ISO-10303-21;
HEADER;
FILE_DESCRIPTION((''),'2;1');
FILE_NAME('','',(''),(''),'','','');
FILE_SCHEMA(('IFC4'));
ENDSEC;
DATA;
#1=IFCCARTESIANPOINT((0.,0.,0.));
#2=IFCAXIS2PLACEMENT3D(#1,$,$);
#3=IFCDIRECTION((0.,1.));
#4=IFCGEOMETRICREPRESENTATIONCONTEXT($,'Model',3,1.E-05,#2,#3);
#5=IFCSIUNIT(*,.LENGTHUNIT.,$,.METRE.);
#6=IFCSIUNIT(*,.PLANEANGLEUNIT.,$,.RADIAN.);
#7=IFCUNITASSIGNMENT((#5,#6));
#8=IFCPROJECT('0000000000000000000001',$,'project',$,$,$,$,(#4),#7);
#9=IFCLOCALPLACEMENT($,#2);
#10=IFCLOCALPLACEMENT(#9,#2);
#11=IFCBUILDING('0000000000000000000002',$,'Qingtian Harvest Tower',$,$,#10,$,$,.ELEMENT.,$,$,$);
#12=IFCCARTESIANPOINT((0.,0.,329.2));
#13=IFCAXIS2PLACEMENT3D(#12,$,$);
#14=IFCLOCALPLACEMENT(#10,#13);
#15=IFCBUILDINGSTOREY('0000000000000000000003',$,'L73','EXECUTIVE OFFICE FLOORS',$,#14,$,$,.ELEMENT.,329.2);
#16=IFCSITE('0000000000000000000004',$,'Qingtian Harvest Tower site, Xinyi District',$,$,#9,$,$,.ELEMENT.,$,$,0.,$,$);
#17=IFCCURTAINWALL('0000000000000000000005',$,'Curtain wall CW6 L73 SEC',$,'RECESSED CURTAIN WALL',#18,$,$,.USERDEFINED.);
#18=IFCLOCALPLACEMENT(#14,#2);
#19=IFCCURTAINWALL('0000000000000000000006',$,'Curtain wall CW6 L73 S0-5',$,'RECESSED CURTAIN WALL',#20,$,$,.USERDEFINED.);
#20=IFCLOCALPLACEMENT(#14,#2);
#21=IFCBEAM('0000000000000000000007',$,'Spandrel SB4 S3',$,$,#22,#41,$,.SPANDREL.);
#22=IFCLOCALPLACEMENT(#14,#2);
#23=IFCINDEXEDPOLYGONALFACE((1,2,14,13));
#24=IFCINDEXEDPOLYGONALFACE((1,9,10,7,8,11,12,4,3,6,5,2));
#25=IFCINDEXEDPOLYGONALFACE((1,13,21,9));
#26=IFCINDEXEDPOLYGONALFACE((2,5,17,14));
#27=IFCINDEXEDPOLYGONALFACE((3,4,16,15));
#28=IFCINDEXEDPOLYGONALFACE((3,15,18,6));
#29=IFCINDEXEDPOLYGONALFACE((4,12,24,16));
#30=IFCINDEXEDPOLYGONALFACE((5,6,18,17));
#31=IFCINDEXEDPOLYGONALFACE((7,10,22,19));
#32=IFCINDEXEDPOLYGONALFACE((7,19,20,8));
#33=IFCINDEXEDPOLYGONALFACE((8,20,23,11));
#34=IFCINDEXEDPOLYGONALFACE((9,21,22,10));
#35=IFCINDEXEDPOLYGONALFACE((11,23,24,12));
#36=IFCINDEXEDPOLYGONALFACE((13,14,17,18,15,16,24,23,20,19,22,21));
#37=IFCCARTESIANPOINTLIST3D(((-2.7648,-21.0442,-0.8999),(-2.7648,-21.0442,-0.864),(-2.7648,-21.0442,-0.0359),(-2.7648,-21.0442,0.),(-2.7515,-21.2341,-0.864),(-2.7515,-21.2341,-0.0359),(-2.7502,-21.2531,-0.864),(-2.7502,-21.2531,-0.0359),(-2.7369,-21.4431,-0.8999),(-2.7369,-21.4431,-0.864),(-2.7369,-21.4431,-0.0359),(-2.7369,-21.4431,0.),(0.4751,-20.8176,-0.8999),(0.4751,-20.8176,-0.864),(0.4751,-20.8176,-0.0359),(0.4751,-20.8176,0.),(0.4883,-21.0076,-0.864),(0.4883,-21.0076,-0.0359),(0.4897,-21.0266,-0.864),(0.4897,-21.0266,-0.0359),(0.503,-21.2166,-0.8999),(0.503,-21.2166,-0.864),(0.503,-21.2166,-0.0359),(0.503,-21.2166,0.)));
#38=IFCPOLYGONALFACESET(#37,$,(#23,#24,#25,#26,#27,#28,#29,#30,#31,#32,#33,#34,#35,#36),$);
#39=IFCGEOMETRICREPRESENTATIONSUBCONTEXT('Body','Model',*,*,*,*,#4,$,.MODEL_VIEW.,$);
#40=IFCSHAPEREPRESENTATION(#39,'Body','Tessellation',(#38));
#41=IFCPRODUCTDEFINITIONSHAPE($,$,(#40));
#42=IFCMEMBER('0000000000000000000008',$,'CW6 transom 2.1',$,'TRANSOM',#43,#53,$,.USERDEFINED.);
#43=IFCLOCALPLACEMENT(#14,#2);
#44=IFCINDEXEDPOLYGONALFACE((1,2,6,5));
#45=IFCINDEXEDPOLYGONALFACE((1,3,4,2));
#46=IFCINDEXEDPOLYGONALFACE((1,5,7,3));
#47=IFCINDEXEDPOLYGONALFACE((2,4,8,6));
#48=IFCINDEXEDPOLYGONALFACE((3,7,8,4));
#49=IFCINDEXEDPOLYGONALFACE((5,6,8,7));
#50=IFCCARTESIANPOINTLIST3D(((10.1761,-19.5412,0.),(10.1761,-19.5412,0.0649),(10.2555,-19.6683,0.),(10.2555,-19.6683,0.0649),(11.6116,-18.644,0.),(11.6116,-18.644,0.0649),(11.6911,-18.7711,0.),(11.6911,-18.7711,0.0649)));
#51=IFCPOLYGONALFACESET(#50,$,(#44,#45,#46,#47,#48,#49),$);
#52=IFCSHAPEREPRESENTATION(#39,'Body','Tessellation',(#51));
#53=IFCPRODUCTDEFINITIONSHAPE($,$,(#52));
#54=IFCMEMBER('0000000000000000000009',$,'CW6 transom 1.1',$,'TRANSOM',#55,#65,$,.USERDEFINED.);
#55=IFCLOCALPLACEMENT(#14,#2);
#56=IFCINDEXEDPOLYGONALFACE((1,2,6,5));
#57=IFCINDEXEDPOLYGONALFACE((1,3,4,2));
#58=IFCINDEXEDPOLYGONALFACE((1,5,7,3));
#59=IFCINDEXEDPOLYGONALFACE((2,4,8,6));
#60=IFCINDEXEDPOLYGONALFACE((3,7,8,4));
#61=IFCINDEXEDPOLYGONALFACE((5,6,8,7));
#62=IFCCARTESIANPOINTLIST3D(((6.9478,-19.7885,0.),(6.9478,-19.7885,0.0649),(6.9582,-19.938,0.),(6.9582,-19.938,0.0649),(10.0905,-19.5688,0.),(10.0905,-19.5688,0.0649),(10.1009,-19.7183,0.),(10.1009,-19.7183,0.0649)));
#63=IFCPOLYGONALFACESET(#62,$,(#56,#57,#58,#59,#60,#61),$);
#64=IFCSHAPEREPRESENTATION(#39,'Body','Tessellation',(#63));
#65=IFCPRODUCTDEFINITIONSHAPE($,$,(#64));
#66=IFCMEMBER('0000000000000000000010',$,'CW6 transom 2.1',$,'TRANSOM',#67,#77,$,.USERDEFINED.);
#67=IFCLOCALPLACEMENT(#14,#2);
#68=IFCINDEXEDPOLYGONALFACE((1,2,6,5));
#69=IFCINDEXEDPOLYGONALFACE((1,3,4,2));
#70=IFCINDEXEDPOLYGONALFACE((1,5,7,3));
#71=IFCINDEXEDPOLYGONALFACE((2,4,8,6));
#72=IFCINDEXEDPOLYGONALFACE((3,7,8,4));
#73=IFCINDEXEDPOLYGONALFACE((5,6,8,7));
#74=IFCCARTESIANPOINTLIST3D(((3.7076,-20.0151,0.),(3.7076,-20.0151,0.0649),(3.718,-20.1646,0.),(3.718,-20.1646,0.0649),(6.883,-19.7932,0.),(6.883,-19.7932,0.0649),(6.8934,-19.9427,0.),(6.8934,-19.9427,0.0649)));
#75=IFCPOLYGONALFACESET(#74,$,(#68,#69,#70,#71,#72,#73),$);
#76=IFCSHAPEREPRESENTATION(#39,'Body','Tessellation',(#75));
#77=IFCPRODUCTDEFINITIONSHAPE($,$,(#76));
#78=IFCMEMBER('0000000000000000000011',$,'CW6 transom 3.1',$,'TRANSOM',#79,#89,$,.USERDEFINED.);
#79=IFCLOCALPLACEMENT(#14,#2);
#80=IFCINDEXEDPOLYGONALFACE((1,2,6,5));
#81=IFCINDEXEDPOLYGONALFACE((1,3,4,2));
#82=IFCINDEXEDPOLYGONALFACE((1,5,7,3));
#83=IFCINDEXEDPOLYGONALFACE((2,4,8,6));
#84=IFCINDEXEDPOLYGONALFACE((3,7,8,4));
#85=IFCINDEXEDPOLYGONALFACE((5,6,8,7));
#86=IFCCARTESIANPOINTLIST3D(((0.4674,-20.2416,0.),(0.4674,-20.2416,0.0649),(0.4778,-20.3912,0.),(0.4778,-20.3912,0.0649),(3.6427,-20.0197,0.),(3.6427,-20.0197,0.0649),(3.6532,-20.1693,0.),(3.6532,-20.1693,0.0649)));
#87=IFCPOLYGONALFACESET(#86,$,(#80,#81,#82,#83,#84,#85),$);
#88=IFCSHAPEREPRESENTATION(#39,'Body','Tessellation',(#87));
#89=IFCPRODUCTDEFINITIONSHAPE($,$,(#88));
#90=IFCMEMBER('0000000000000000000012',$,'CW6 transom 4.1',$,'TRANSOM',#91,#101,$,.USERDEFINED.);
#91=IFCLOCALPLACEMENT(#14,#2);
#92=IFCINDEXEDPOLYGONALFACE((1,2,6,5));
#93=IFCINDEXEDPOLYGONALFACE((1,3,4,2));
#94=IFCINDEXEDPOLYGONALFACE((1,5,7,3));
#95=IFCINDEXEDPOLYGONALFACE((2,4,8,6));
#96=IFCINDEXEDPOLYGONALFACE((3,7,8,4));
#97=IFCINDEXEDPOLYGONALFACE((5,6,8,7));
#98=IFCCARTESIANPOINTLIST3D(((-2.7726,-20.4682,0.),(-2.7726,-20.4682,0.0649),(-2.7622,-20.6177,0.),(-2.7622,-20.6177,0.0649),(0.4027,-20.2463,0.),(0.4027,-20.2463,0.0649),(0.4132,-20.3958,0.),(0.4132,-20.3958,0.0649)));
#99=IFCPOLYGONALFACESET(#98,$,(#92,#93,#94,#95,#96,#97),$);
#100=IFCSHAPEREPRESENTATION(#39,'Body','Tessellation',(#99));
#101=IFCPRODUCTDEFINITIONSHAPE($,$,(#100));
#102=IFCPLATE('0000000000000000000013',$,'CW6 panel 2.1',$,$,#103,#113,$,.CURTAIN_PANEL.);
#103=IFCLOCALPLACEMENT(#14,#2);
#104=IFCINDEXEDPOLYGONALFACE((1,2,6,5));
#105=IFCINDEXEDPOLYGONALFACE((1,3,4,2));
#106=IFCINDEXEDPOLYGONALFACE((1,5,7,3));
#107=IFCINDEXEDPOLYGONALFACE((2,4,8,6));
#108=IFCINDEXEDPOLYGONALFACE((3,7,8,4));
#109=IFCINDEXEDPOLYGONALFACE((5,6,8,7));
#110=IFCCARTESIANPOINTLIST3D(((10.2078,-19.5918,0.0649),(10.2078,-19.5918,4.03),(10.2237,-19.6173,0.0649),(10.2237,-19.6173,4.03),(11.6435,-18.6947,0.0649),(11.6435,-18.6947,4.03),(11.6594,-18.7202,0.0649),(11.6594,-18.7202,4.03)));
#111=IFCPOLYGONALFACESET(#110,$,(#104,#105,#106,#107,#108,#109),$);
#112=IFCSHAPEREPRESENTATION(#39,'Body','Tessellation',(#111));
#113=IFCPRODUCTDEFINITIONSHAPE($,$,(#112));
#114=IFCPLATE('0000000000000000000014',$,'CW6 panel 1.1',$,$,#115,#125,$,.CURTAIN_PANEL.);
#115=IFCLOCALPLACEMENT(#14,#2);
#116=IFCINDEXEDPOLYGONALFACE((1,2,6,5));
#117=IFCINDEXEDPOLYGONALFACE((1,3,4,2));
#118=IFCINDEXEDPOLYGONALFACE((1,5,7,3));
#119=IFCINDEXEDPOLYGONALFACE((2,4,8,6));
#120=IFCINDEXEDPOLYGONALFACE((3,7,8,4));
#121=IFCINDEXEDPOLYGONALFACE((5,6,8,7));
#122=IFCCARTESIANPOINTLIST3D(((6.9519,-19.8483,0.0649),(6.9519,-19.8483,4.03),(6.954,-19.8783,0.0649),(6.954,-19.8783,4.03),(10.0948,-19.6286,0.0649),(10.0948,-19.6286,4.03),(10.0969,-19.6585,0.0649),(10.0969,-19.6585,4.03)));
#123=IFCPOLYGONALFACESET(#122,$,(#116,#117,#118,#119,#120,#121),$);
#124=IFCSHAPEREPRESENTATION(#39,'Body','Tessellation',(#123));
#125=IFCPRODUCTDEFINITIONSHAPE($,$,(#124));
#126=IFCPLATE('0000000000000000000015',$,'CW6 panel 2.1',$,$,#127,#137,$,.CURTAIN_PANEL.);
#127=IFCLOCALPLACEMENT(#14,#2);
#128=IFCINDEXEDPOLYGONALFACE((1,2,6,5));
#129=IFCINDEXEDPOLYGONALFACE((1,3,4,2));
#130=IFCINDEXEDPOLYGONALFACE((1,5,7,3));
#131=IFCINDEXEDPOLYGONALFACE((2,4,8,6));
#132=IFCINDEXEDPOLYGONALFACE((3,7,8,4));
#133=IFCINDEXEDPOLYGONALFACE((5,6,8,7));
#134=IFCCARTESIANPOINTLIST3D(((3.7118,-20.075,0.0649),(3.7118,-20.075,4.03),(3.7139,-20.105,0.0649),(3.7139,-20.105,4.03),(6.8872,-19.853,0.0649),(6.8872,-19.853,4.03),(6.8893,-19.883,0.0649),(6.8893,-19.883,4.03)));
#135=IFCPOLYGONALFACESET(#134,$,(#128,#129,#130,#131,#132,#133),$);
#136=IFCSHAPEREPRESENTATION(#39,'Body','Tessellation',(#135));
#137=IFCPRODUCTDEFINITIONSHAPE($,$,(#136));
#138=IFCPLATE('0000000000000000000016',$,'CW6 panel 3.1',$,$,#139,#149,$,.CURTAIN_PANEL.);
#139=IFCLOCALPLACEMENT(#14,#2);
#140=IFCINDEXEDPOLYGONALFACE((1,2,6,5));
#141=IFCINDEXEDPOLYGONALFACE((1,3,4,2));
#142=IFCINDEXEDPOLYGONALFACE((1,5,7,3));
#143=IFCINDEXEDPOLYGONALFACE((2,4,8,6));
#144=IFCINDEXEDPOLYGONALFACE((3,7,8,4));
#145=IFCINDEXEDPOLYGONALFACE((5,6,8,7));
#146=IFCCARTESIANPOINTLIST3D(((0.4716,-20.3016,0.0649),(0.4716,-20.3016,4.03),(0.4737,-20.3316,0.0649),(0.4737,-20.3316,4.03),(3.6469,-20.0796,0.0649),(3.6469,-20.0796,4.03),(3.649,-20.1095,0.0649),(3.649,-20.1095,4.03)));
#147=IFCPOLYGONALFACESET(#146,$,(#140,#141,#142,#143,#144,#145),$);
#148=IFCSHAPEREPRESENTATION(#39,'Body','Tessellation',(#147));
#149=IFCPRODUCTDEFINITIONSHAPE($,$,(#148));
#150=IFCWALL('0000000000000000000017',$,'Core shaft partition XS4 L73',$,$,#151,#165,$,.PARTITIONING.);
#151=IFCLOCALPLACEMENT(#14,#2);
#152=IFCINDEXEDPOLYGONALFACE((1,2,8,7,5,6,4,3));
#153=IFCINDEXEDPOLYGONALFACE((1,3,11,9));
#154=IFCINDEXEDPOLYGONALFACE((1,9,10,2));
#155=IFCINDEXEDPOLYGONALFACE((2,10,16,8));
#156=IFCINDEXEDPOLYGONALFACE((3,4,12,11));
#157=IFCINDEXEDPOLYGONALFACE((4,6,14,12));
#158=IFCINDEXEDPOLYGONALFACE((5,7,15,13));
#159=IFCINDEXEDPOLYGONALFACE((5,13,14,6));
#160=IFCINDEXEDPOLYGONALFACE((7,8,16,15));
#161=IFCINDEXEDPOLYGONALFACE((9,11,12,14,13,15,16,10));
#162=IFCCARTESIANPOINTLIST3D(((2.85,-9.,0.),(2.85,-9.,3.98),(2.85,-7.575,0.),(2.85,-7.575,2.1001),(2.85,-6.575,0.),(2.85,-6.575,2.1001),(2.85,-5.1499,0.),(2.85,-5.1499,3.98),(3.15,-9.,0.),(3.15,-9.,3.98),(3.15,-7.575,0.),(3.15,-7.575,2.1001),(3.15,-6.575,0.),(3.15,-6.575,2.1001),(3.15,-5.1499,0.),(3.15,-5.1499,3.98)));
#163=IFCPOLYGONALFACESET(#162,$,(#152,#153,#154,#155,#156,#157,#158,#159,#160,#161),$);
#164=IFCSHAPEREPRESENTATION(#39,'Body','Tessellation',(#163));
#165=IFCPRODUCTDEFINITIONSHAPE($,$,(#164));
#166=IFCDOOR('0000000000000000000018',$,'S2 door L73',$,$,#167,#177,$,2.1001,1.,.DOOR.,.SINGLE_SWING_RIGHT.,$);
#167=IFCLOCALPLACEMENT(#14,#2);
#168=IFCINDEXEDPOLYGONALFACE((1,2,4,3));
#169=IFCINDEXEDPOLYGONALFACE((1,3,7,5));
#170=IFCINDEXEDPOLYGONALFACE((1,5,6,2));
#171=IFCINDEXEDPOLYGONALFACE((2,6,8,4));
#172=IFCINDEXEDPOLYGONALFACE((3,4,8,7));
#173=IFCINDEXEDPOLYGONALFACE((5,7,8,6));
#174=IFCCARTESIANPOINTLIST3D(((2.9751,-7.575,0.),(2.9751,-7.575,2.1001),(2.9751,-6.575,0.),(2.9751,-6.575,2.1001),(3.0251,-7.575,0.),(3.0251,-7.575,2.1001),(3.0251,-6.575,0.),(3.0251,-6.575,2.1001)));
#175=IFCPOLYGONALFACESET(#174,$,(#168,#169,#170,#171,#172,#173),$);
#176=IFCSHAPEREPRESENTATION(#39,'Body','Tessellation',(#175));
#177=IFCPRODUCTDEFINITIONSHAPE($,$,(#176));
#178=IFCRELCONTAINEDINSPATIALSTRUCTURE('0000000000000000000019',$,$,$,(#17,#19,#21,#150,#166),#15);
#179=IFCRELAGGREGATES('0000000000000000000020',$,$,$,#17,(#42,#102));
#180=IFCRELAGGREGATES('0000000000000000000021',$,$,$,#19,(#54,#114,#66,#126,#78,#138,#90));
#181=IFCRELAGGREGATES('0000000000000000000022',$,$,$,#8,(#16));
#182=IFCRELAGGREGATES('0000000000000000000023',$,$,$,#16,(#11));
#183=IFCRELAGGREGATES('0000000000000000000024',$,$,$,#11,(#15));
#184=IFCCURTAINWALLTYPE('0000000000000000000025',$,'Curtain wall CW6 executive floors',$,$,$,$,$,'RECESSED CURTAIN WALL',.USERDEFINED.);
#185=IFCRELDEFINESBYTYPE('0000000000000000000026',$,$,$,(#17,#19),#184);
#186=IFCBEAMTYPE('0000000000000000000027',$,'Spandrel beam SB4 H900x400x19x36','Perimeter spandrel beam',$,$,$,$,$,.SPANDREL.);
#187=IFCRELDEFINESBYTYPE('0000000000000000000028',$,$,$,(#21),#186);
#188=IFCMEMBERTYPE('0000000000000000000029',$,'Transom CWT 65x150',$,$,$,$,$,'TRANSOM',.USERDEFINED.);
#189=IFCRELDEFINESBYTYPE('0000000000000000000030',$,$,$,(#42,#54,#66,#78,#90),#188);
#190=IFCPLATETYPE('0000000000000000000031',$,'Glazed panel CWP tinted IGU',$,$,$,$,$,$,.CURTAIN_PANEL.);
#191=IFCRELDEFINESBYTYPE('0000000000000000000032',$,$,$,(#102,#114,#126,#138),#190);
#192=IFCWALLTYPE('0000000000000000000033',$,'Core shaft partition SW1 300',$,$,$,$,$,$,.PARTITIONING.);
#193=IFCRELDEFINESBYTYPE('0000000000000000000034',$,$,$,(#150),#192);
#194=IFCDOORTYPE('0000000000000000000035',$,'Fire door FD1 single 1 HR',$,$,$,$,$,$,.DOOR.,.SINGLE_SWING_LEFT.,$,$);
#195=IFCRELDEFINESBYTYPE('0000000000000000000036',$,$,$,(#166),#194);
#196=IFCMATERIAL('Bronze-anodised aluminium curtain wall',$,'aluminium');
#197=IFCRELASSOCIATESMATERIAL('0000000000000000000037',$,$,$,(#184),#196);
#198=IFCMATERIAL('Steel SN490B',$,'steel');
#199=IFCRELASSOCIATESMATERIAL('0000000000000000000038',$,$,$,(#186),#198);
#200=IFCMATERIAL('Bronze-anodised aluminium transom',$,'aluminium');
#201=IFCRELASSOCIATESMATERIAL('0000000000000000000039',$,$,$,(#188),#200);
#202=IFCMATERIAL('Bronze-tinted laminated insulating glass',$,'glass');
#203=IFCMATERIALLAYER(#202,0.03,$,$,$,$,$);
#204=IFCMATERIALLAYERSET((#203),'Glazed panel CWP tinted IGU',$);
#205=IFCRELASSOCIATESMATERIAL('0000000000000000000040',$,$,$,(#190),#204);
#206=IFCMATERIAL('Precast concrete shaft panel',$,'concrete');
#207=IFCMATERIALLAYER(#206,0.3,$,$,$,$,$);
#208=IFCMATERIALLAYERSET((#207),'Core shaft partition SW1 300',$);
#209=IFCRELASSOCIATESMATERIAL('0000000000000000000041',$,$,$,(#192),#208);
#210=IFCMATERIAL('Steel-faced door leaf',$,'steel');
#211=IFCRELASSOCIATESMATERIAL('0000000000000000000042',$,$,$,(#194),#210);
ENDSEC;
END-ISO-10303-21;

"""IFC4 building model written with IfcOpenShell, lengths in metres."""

from ifc_helpers import new_model, si_unit, direction, frame, frame_2d, origin, origin_2d, place, context, subcontext, project, spatial, rectangle, i_section, extrude, material, layer, layer_set, material_profile, profile_set, type_object, element, fill, aggregate, save


model = new_model("IFC4")

# Units and contexts
model_context = context("Model", 3, precision=1e-05, world=origin(), true_north=direction((0.0, 1.0)))
body_context = subcontext(model_context, "Body", "Model", "MODEL_VIEW")
ifc_project = project(units=[si_unit("LENGTHUNIT", "METRE"), si_unit("PLANEANGLEUNIT", "RADIAN")], contexts=[model_context])

# Site, building, storey
site_placement = place(None, origin())
site = spatial("IfcSite", under=ifc_project, at=site_placement, Name="Qingtian Harvest Tower site, Xinyi District", CompositionType="ELEMENT", RefElevation=0.0)
building_placement = place(site_placement, origin())
building = spatial("IfcBuilding", under=site, at=building_placement, Name="Qingtian Harvest Tower", CompositionType="ELEMENT")
storey_placement = place(building_placement, frame((0.0, 0.0, 329.2)))
storey = spatial("IfcBuildingStorey", under=building, at=storey_placement, Name="L73", Description="EXECUTIVE OFFICE FLOORS", CompositionType="ELEMENT", Elevation=329.2)

# Curtain wall
ifc_material_1 = material(Name="Bronze-anodised aluminium curtain wall", Category="aluminium")
curtain_wall_type = type_object("IfcCurtainWallType", Name="Curtain wall CW6 executive floors", ElementType="RECESSED CURTAIN WALL", PredefinedType="USERDEFINED", material=ifc_material_1)
curtain_wall_1_placement = place(storey_placement, origin())
curtain_wall_1 = element("IfcCurtainWall", 1, at=curtain_wall_1_placement, inside=storey, type_object=curtain_wall_type, Name="Curtain wall CW6 L73 SEC", ObjectType="RECESSED CURTAIN WALL", PredefinedType="USERDEFINED")

# Curtain wall
curtain_wall_2_placement = place(storey_placement, origin())
curtain_wall_2 = element("IfcCurtainWall", 2, at=curtain_wall_2_placement, inside=storey, type_object=curtain_wall_type, Name="Curtain wall CW6 L73 S0-5", ObjectType="RECESSED CURTAIN WALL", PredefinedType="USERDEFINED")

# Beam
ifc_material_2 = material(Name="Steel SN490B", Category="steel")
ifc_material_profile_1 = material_profile(ifc_material_2, i_section(OverallWidth=0.3999, OverallDepth=0.8999, WebThickness=0.019, FlangeThickness=0.0359, at=origin_2d()), Name="H900x400x19x36")
ifc_profile_set_1 = profile_set([ifc_material_profile_1], Name="Steel SN490B")
beam_type_1 = type_object("IfcBeamType", Name="Spandrel beam SB4 H900x400x19x36", Description="Perimeter spandrel beam", PredefinedType="SPANDREL", material=ifc_profile_set_1)
beam_1_placement = place(storey_placement, frame((0.489, -21.0171, -0.45), z_axis=(-0.997564, -0.069757, 0.0), x_axis=(0.069757, -0.997564, 0.0)))
element("IfcBeam", 3, at=beam_1_placement, inside=storey, type_object=beam_type_1, Name="Spandrel SB4 S3", PredefinedType="SPANDREL", context=body_context, shape_type="SweptSolid", body=[
    extrude(i_section(OverallWidth=0.3999, OverallDepth=0.8999, WebThickness=0.019, FlangeThickness=0.0359, at=origin_2d()), origin(), (0.0, 0.0, 1.0), 3.2478),
])

# Members
ifc_material_3 = material(Name="Bronze-anodised aluminium transom", Category="aluminium")
ifc_material_profile_2 = material_profile(ifc_material_3, rectangle(XDim=0.1499, YDim=0.0649, at=origin_2d()), Name="AL 65x150")
ifc_profile_set_2 = profile_set([ifc_material_profile_2], Name="Bronze-anodised aluminium transom")
member_type_1 = type_object("IfcMemberType", Name="Transom CWT 65x150", ElementType="TRANSOM", PredefinedType="USERDEFINED", material=ifc_profile_set_2)
member_1_placement = place(storey_placement, frame((11.6514, -18.7075, 0.0325), z_axis=(-0.847998, -0.529999, 0.0), x_axis=(0.529999, -0.847998, 0.0)))
member_1 = element("IfcMember", 4, at=member_1_placement, type_object=member_type_1, Name="CW6 transom 2.1", ObjectType="TRANSOM", PredefinedType="USERDEFINED", context=body_context, shape_type="SweptSolid", body=[
    extrude(rectangle(XDim=0.1499, YDim=0.0649, at=origin_2d()), origin(), (0.0, 0.0, 1.0), 1.6929),
])
member_2_placement = place(storey_placement, frame((10.0957, -19.6436, 0.0325), z_axis=(-0.997565, -0.069744, 0.0), x_axis=(0.069744, -0.997565, 0.0)))
member_2 = element("IfcMember", 5, at=member_2_placement, type_object=member_type_1, Name="CW6 transom 1.1", ObjectType="TRANSOM", PredefinedType="USERDEFINED", context=body_context, shape_type="SweptSolid", body=[
    extrude(rectangle(XDim=0.1499, YDim=0.0649, at=origin_2d()), origin(), (0.0, 0.0, 1.0), 3.1504),
])
member_3_placement = place(storey_placement, frame((6.8882, -19.8679, 0.0325), z_axis=(-0.997567, -0.069721, 0.0), x_axis=(0.069721, -0.997567, 0.0)))
member_3 = element("IfcMember", 6, at=member_3_placement, type_object=member_type_1, Name="CW6 transom 2.1", ObjectType="TRANSOM", PredefinedType="USERDEFINED", context=body_context, shape_type="SweptSolid", body=[
    extrude(rectangle(XDim=0.1499, YDim=0.0649, at=origin_2d()), origin(), (0.0, 0.0, 1.0), 3.1831),
])
member_4_placement = place(storey_placement, frame((3.6479, -20.0945, 0.0325), z_axis=(-0.997567, -0.069721, 0.0), x_axis=(0.069721, -0.997567, 0.0)))
member_4 = element("IfcMember", 7, at=member_4_placement, type_object=member_type_1, Name="CW6 transom 3.1", ObjectType="TRANSOM", PredefinedType="USERDEFINED", context=body_context, shape_type="SweptSolid", body=[
    extrude(rectangle(XDim=0.1499, YDim=0.0649, at=origin_2d()), origin(), (0.0, 0.0, 1.0), 3.1831),
])
member_5_placement = place(storey_placement, frame((0.408, -20.321, 0.0325), z_axis=(-0.997567, -0.069721, 0.0), x_axis=(0.069721, -0.997567, 0.0)))
member_5 = element("IfcMember", 8, at=member_5_placement, type_object=member_type_1, Name="CW6 transom 4.1", ObjectType="TRANSOM", PredefinedType="USERDEFINED", context=body_context, shape_type="SweptSolid", body=[
    extrude(rectangle(XDim=0.1499, YDim=0.0649, at=origin_2d()), origin(), (0.0, 0.0, 1.0), 3.1831),
])

# Plates
ifc_material_4 = material(Name="Bronze-tinted laminated insulating glass", Category="glass")
ifc_layer_1 = layer(ifc_material_4, 0.03)
ifc_layer_set_1 = layer_set([ifc_layer_1], Name="Glazed panel CWP tinted IGU")
plate_type = type_object("IfcPlateType", Name="Glazed panel CWP tinted IGU", PredefinedType="CURTAIN_PANEL", material=ifc_layer_set_1)
plate_1_placement = place(storey_placement, frame((10.9336, -19.156, 0.0649), z_axis=(0.0, 0.0, 1.0), x_axis=(-0.848048, -0.529919, 0.0)))
plate_1 = element("IfcPlate", 9, at=plate_1_placement, type_object=plate_type, Name="CW6 panel 2.1", PredefinedType="CURTAIN_PANEL", context=body_context, shape_type="SweptSolid", body=[
    extrude(rectangle(XDim=1.6929, YDim=0.03, at=origin_2d()), origin(), (0.0, 0.0, 1.0), 3.9651),
])
aggregate(curtain_wall_1, [member_1, plate_1])
plate_2_placement = place(storey_placement, frame((8.5244, -19.7534, 0.0649), z_axis=(0.0, 0.0, 1.0), x_axis=(-0.997564, -0.069756, 0.0)))
plate_2 = element("IfcPlate", 10, at=plate_2_placement, type_object=plate_type, Name="CW6 panel 1.1", PredefinedType="CURTAIN_PANEL", context=body_context, shape_type="SweptSolid", body=[
    extrude(rectangle(XDim=3.1506, YDim=0.03, at=origin_2d()), origin(), (0.0, 0.0, 1.0), 3.9651),
])
plate_3_placement = place(storey_placement, frame((5.3005, -19.979, 0.0649), z_axis=(0.0, 0.0, 1.0), x_axis=(-0.997564, -0.069756, 0.0)))
plate_3 = element("IfcPlate", 11, at=plate_3_placement, type_object=plate_type, Name="CW6 panel 2.1", PredefinedType="CURTAIN_PANEL", context=body_context, shape_type="SweptSolid", body=[
    extrude(rectangle(XDim=3.1831, YDim=0.03, at=origin_2d()), origin(), (0.0, 0.0, 1.0), 3.9651),
])
plate_4_placement = place(storey_placement, frame((2.0603, -20.2056, 0.0649), z_axis=(0.0, 0.0, 1.0), x_axis=(-0.997564, -0.069756, 0.0)))
plate_4 = element("IfcPlate", 12, at=plate_4_placement, type_object=plate_type, Name="CW6 panel 3.1", PredefinedType="CURTAIN_PANEL", context=body_context, shape_type="SweptSolid", body=[
    extrude(rectangle(XDim=3.1831, YDim=0.03, at=origin_2d()), origin(), (0.0, 0.0, 1.0), 3.9651),
])
aggregate(curtain_wall_2, [member_2, plate_2, member_3, plate_3, member_4, plate_4, member_5])

# Wall, opening, door
ifc_material_5 = material(Name="Precast concrete shaft panel", Category="concrete")
ifc_layer_2 = layer(ifc_material_5, 0.3)
ifc_layer_set_2 = layer_set([ifc_layer_2], Name="Core shaft partition SW1 300")
wall_type_1 = type_object("IfcWallType", Name="Core shaft partition SW1 300", PredefinedType="PARTITIONING", material=ifc_layer_set_2)
wall_1_placement = place(storey_placement, frame((3.0, -9.0, 0.0), z_axis=(0.0, 0.0, 1.0), x_axis=(0.0, 1.0, 0.0)))
wall_1 = element("IfcWall", 13, at=wall_1_placement, inside=storey, type_object=wall_type_1, Name="Core shaft partition XS4 L73", PredefinedType="PARTITIONING", context=body_context, shape_type="SweptSolid", body=[
    extrude(rectangle(XDim=3.8501, YDim=0.3, at=frame_2d((1.925, 0.0))), origin(), (0.0, 0.0, 1.0), 3.98),
])
opening_1_placement = place(wall_1_placement, frame((1.425, 0.0, 0.0)))
opening_1 = element("IfcOpeningElement", 14, at=opening_1_placement, cuts=wall_1, PredefinedType="OPENING", context=body_context, shape_type="SweptSolid", body=[
    extrude(rectangle(XDim=1.0, YDim=2.1001, at=frame_2d((0.5, 1.05))), frame((0.0, 0.1599, 0.0), z_axis=(0.0, -1.0, 0.0), x_axis=(1.0, 0.0, 0.0)), (0.0, 0.0, 1.0), 0.3201),
])
ifc_material_6 = material(Name="Steel-faced door leaf", Category="steel")
door_type_1 = type_object("IfcDoorType", Name="Fire door FD1 single 1 HR", OperationType="SINGLE_SWING_LEFT", PredefinedType="DOOR", material=ifc_material_6)
door_1_placement = place(opening_1_placement, origin())
door_1 = element("IfcDoor", 15, at=door_1_placement, inside=storey, type_object=door_type_1, Name="S2 door L73", OperationType="SINGLE_SWING_RIGHT", OverallHeight=2.1001, OverallWidth=1.0, PredefinedType="DOOR", context=body_context, shape_type="SweptSolid", body=[
    extrude(rectangle(XDim=1.0, YDim=2.1001, at=frame_2d((0.5, 1.05))), frame((0.0, 0.0249, 0.0), z_axis=(0.0, -1.0, 0.0), x_axis=(1.0, 0.0, 0.0)), (0.0, 0.0, 1.0), 0.05),
])
fill(opening_1, door_1)

save(model, "model.ifc")
